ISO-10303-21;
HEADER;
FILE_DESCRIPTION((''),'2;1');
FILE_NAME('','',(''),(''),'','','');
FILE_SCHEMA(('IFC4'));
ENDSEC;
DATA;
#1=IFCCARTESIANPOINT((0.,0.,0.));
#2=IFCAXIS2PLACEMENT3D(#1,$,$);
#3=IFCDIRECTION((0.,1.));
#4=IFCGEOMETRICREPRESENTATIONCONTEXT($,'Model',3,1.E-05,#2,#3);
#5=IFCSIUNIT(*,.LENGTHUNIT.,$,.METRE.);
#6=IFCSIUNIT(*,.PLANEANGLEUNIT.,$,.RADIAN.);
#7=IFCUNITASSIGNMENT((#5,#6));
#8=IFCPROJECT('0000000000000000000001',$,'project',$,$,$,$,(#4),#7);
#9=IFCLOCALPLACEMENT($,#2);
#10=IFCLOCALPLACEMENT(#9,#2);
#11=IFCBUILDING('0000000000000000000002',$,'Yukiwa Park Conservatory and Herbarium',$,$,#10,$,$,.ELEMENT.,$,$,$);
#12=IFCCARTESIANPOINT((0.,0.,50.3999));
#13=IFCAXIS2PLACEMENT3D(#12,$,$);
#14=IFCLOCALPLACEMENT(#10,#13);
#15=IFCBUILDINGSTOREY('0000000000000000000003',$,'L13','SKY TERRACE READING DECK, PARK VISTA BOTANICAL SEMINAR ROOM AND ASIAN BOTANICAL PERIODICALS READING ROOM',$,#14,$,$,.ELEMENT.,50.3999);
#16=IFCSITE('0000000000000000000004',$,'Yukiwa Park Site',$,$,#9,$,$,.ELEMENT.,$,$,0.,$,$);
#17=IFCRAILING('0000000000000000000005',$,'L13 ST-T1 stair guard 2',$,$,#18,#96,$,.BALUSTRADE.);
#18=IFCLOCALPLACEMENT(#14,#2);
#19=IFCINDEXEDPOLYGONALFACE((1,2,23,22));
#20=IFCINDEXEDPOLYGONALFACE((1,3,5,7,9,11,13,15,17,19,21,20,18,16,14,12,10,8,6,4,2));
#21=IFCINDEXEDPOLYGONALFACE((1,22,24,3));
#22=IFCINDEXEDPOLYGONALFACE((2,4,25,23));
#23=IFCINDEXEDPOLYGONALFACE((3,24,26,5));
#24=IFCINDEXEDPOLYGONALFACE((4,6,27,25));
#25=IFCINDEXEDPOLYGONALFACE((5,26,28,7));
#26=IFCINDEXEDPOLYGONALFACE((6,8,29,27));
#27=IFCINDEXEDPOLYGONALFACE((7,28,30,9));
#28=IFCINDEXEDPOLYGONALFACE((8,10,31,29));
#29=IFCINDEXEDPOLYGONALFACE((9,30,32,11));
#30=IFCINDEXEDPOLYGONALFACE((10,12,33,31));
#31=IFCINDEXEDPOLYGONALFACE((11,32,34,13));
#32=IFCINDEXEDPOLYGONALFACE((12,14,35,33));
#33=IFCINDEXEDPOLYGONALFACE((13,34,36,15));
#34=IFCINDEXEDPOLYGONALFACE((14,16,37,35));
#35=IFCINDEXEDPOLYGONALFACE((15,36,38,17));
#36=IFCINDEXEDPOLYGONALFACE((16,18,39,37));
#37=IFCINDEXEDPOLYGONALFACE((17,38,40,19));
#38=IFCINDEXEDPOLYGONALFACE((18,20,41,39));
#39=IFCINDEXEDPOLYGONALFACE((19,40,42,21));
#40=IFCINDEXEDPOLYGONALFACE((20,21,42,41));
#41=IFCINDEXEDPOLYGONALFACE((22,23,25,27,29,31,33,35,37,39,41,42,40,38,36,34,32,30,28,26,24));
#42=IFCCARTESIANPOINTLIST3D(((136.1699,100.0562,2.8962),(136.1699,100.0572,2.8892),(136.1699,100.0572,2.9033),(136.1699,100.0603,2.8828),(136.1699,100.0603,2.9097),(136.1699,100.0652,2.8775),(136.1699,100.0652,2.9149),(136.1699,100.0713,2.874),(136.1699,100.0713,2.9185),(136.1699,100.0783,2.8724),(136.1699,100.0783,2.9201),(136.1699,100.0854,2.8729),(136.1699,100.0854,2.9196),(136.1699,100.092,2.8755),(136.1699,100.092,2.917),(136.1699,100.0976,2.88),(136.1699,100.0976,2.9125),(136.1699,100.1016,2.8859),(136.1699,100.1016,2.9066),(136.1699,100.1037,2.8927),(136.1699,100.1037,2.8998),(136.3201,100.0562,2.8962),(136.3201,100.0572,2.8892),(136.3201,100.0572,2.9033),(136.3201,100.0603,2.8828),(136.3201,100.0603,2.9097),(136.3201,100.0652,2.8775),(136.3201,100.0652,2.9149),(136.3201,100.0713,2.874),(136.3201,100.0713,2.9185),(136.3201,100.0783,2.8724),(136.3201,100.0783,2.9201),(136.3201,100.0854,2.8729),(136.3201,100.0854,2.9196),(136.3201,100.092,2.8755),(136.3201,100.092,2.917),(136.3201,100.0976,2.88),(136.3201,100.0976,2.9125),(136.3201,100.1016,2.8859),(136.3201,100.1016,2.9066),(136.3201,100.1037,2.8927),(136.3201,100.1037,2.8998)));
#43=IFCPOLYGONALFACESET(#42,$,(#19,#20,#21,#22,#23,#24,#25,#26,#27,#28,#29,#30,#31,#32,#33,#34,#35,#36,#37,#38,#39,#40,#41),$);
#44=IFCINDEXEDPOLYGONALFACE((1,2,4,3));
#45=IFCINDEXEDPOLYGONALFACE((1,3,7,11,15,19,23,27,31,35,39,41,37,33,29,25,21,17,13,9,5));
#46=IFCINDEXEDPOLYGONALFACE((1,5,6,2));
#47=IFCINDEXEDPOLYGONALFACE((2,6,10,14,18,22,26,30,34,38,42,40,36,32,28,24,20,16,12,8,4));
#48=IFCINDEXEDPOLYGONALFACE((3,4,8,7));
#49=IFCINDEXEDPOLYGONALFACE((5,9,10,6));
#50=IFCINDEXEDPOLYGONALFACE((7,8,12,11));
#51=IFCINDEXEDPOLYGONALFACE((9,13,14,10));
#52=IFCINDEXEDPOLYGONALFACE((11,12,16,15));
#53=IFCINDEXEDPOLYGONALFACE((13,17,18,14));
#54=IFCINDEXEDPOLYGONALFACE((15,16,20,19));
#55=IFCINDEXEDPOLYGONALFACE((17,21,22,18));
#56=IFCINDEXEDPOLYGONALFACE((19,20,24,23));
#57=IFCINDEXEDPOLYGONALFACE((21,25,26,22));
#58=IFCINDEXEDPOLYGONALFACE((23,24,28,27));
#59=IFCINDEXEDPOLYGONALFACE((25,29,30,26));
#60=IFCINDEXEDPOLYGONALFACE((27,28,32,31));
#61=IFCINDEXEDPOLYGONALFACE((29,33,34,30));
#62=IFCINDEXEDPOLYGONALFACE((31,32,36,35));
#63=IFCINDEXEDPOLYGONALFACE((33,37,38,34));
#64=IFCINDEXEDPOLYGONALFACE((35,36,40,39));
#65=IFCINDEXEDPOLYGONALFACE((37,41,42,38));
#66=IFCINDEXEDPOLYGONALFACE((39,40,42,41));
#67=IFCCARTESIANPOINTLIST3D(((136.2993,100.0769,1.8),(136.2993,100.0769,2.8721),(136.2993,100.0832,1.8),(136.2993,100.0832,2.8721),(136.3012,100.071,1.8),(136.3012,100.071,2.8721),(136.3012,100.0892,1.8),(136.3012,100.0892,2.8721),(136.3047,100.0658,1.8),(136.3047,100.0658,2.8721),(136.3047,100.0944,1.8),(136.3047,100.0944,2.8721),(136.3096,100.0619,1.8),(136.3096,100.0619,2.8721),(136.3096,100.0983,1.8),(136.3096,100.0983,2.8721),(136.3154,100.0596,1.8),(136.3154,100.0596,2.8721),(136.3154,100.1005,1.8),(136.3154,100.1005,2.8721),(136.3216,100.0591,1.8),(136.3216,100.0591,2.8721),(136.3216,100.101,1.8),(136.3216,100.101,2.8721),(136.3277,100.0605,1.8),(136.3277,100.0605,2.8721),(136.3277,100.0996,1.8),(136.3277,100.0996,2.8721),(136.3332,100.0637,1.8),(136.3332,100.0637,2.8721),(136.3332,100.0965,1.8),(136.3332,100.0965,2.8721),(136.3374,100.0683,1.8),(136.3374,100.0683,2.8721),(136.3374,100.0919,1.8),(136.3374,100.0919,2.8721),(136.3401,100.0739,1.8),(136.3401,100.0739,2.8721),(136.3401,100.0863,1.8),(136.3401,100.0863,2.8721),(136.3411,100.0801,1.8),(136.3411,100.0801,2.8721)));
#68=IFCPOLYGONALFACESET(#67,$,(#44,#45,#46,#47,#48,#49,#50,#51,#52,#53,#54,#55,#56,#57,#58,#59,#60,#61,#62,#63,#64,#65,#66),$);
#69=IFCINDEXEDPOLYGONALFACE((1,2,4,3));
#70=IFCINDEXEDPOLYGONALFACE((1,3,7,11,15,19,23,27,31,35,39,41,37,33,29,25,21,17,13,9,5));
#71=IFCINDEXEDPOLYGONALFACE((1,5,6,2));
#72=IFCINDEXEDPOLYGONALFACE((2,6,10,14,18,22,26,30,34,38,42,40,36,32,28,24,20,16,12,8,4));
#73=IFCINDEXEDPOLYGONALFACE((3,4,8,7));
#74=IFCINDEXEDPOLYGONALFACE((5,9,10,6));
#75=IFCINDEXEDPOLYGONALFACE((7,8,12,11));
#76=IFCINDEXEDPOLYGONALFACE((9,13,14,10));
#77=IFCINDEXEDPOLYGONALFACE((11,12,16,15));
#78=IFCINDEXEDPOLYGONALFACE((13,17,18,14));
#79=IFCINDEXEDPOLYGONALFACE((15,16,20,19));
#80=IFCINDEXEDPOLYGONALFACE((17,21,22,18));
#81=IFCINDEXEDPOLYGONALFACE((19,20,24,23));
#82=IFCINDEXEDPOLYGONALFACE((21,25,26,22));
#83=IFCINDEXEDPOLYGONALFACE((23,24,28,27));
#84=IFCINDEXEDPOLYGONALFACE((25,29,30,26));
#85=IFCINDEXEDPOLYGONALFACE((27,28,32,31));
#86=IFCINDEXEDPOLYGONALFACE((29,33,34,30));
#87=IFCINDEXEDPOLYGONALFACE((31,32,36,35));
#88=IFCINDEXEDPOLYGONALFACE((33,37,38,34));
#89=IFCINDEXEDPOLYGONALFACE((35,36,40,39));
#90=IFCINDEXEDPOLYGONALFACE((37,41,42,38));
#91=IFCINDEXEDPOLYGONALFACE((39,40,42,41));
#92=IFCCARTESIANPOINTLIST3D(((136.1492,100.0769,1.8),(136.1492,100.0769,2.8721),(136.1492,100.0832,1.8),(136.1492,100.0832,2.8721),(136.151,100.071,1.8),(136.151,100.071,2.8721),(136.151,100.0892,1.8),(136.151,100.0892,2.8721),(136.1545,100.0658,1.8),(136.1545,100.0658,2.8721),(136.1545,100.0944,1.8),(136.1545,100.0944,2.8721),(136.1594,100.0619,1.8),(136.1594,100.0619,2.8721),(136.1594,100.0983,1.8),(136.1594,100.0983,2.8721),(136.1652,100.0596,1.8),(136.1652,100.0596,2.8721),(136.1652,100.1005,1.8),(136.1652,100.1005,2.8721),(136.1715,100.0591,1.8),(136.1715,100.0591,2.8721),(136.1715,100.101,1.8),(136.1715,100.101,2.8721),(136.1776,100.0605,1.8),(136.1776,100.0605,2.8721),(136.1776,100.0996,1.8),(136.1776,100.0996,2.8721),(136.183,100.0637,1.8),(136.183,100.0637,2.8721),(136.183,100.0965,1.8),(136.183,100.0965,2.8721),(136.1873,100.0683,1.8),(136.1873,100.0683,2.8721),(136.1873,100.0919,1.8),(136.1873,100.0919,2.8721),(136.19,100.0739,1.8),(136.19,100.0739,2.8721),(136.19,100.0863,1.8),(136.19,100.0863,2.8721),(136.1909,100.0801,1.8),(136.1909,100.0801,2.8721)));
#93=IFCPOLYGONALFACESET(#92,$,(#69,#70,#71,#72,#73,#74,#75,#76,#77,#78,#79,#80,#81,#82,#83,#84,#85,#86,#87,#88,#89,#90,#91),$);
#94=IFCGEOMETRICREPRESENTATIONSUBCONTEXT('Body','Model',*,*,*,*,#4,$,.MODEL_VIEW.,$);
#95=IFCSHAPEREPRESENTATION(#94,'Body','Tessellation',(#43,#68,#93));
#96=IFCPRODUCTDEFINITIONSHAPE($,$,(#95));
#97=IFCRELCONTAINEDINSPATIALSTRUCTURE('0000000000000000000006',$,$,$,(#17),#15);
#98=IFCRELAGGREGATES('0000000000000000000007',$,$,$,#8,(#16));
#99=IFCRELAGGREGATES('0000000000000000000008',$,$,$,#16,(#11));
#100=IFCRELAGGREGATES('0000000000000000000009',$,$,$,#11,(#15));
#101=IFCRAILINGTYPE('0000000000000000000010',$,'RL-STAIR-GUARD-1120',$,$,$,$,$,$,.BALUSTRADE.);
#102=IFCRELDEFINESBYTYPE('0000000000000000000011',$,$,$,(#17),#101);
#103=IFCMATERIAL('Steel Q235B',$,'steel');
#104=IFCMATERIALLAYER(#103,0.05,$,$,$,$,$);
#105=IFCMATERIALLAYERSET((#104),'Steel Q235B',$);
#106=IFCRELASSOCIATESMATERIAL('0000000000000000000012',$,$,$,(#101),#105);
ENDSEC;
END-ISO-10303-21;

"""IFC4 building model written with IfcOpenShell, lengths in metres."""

from ifc_helpers import new_model, si_unit, direction, frame, origin, origin_2d, place, context, subcontext, project, spatial, circle, extrude, material, layer, layer_set, type_object, element, save


model = new_model("IFC4")

# Units and contexts
model_context = context("Model", 3, precision=1e-05, world=origin(), true_north=direction((0.0, 1.0)))
body_context = subcontext(model_context, "Body", "Model", "MODEL_VIEW")
ifc_project = project(units=[si_unit("LENGTHUNIT", "METRE"), si_unit("PLANEANGLEUNIT", "RADIAN")], contexts=[model_context])

# Site, building, storey
site_placement = place(None, origin())
site = spatial("IfcSite", under=ifc_project, at=site_placement, Name="Yukiwa Park Site", CompositionType="ELEMENT", RefElevation=0.0)
building_placement = place(site_placement, origin())
building = spatial("IfcBuilding", under=site, at=building_placement, Name="Yukiwa Park Conservatory and Herbarium", CompositionType="ELEMENT")
storey_placement = place(building_placement, frame((0.0, 0.0, 50.3999)))
storey = spatial("IfcBuildingStorey", under=building, at=storey_placement, Name="L13", Description="SKY TERRACE READING DECK, PARK VISTA BOTANICAL SEMINAR ROOM AND ASIAN BOTANICAL PERIODICALS READING ROOM", CompositionType="ELEMENT", Elevation=50.3999)

# Railing
ifc_material_1 = material(Name="Steel Q235B", Category="steel")
ifc_layer_1 = layer(ifc_material_1, 0.05)
ifc_layer_set_1 = layer_set([ifc_layer_1], Name="Steel Q235B")
railing_type_1 = type_object("IfcRailingType", Name="RL-STAIR-GUARD-1120", PredefinedType="BALUSTRADE", material=ifc_layer_set_1)
railing_1_placement = place(storey_placement, frame((136.3201, 100.0801, 1.8)))
element("IfcRailing", 1, at=railing_1_placement, inside=storey, type_object=railing_type_1, Name="L13 ST-T1 stair guard 2", PredefinedType="BALUSTRADE", context=body_context, shape_type="SweptSolid", body=[
    extrude(circle(Radius=0.0239, at=origin_2d()), frame((0.0, 0.0, 1.0962), z_axis=(-1.0, 0.0, 0.0), x_axis=(0.0, -1.0, 0.0)), (0.0, 0.0, 1.0), 0.1501),
    extrude(circle(Radius=0.021, at=origin_2d()), origin(), (0.0, 0.0, 1.0), 1.072),
    extrude(circle(Radius=0.021, at=origin_2d()), frame((-0.1501, 0.0, 0.0)), (0.0, 0.0, 1.0), 1.072),
])

save(model, "model.ifc")
